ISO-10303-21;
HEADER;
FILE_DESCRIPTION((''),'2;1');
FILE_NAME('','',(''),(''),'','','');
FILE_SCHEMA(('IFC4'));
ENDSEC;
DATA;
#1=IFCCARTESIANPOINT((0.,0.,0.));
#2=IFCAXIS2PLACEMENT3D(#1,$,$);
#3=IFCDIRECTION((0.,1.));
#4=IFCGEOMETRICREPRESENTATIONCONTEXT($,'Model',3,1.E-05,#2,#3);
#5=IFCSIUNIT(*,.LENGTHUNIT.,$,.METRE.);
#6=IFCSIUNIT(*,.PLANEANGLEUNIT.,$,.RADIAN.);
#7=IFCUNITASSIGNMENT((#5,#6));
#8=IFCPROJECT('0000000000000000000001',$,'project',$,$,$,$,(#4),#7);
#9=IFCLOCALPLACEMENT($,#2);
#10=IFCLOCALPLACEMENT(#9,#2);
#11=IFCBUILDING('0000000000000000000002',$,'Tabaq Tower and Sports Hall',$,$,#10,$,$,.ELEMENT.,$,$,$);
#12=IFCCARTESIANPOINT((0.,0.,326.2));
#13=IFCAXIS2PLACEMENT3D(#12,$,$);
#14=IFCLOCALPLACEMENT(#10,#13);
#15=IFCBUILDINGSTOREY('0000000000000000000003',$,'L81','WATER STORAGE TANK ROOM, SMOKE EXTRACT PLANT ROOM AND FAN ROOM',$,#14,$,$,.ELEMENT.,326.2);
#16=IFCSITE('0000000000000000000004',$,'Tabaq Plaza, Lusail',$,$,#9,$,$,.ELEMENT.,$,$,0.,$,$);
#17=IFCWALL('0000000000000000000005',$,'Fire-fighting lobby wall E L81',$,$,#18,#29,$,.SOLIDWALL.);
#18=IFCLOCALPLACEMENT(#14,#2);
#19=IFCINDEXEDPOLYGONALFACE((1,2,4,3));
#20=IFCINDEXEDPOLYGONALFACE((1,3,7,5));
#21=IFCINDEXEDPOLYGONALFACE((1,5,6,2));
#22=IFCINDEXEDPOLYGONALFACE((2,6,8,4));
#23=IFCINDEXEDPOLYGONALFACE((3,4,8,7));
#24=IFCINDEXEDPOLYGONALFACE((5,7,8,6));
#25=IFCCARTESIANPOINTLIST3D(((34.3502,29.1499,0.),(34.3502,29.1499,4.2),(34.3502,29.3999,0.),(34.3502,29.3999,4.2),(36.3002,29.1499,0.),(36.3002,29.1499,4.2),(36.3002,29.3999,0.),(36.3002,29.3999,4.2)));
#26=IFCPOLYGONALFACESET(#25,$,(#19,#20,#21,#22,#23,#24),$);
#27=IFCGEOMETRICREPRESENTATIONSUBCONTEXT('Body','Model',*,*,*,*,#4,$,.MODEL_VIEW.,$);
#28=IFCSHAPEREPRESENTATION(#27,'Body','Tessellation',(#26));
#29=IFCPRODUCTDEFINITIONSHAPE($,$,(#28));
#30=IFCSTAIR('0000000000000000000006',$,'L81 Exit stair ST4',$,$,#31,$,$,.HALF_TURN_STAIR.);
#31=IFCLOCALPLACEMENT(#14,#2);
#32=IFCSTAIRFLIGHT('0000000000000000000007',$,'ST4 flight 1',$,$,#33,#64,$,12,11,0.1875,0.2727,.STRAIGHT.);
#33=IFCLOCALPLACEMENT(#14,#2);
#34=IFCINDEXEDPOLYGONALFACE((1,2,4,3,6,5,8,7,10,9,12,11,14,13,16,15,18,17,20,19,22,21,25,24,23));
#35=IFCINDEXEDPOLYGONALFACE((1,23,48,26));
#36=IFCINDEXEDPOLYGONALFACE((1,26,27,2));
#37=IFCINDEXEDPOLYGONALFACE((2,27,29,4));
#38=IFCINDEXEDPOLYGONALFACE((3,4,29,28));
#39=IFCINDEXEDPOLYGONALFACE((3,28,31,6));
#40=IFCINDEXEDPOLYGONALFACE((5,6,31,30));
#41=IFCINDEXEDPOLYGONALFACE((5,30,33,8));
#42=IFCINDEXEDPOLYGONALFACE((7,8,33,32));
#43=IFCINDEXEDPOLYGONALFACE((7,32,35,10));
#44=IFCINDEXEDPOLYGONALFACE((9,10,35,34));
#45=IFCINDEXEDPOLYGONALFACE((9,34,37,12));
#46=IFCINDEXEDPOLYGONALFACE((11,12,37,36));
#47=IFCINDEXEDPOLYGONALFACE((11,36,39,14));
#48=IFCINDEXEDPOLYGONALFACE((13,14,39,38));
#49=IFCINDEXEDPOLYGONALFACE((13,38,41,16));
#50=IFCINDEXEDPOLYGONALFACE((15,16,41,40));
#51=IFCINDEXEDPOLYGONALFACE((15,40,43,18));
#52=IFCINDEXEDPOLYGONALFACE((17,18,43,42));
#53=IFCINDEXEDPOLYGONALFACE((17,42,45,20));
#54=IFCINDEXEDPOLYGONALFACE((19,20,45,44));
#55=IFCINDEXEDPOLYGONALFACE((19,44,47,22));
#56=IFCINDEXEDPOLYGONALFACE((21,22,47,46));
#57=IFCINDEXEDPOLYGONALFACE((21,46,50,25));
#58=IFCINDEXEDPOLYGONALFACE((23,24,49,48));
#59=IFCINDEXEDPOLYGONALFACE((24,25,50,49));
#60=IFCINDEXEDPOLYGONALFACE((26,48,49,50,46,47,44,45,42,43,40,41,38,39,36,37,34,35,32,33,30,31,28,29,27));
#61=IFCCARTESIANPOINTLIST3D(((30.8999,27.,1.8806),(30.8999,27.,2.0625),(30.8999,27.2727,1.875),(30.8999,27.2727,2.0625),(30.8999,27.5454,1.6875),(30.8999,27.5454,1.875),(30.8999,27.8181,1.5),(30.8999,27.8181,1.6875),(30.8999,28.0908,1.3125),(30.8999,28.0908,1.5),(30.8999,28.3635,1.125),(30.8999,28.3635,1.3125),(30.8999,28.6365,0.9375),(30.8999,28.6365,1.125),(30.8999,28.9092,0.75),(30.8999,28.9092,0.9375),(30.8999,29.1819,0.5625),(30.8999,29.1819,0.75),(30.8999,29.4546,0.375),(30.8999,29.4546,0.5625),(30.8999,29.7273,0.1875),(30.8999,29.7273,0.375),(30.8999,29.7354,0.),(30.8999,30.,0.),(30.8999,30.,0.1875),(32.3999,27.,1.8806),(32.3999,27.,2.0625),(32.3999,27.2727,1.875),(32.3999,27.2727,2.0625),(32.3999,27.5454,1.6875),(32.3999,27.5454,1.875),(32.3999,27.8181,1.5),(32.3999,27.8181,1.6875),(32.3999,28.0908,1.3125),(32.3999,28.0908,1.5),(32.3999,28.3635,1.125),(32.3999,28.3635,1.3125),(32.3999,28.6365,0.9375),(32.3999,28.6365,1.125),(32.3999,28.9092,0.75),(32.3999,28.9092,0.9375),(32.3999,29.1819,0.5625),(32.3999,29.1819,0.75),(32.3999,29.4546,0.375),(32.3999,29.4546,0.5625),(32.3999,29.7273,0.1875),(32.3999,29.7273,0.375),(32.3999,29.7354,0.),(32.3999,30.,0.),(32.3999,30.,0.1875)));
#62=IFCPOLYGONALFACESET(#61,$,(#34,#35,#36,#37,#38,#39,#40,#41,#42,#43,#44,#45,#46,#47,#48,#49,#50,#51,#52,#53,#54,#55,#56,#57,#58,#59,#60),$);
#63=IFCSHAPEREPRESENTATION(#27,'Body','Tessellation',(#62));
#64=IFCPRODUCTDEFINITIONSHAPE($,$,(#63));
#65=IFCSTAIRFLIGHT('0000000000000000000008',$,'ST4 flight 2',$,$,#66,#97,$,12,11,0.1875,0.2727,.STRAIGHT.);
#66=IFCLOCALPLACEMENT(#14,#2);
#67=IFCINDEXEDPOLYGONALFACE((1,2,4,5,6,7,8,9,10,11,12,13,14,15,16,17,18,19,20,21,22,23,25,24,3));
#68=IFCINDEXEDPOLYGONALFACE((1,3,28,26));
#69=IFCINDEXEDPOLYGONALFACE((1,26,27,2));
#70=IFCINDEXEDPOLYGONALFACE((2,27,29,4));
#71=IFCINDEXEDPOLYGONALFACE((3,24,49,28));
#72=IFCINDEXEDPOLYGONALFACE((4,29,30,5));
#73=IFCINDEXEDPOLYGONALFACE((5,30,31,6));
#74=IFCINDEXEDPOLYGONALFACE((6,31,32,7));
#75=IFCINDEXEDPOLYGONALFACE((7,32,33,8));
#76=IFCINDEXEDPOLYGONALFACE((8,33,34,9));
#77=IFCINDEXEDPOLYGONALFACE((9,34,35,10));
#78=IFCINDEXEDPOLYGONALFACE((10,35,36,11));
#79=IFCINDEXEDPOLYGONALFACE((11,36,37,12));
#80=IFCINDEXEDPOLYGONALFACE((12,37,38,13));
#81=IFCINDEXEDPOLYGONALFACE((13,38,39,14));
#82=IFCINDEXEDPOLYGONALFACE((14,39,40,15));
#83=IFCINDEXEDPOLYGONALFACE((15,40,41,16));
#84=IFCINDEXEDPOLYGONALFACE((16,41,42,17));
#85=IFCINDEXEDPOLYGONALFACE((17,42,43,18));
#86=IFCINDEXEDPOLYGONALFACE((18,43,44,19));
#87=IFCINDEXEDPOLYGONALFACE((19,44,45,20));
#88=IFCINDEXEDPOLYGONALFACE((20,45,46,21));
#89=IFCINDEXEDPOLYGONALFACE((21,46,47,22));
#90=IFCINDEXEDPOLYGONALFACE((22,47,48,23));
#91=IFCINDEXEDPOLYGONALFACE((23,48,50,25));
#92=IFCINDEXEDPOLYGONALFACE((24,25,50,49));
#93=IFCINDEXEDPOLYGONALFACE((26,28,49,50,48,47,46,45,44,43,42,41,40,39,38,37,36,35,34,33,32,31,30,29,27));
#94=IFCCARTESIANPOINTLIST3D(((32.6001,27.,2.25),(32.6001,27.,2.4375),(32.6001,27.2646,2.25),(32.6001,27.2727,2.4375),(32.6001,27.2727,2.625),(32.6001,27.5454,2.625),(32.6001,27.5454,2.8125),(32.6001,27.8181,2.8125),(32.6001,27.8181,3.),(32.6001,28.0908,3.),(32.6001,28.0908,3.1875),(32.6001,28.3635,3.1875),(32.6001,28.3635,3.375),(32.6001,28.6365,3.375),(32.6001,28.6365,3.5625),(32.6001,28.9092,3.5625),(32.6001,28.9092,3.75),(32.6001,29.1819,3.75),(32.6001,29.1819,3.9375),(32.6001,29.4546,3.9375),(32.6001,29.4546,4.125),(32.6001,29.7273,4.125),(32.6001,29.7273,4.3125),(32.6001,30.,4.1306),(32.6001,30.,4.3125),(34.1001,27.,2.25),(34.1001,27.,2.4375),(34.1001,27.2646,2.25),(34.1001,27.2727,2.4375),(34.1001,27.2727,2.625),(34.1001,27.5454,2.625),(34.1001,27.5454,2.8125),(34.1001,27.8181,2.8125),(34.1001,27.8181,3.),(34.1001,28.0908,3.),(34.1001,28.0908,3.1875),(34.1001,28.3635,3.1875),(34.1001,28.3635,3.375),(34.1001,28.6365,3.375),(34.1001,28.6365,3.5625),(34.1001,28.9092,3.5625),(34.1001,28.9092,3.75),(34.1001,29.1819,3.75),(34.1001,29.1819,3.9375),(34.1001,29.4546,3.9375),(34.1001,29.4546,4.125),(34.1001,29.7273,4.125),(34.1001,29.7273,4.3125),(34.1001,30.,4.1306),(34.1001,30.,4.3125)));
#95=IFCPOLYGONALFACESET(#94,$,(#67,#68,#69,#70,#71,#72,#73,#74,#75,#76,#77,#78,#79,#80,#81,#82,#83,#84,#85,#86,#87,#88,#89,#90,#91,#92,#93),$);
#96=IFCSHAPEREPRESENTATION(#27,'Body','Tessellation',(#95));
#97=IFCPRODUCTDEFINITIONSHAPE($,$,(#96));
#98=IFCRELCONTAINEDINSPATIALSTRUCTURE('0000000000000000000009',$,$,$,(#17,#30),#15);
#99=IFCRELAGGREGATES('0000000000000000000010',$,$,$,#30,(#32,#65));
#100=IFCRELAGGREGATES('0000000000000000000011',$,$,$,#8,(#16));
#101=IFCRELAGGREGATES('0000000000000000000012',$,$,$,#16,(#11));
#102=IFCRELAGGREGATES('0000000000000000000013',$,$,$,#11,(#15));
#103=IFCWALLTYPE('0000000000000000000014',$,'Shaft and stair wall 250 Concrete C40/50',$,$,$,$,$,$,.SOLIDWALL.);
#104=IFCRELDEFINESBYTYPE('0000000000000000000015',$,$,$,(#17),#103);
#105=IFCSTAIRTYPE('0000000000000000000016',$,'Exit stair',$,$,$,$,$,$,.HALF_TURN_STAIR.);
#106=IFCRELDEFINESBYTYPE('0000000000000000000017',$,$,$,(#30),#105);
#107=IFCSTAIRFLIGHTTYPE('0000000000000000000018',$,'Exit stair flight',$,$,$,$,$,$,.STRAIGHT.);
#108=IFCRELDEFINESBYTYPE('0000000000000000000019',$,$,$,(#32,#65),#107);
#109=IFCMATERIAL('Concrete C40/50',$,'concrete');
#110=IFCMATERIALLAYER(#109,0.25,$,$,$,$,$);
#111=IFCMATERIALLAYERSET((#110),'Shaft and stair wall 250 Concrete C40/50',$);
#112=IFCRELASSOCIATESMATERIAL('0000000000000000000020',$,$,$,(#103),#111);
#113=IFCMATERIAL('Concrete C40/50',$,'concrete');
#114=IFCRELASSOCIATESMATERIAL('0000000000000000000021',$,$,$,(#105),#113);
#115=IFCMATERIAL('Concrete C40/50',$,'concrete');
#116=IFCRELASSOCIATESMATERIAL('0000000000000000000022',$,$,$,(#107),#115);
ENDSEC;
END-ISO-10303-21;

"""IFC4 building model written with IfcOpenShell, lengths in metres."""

from ifc_helpers import new_model, si_unit, direction, frame, frame_2d, origin, place, context, subcontext, project, spatial, polyline, rectangle, outline, extrude, material, layer, layer_set, type_object, element, aggregate, save


model = new_model("IFC4")

# Units and contexts
model_context = context("Model", 3, precision=1e-05, world=origin(), true_north=direction((0.0, 1.0)))
body_context = subcontext(model_context, "Body", "Model", "MODEL_VIEW")
ifc_project = project(units=[si_unit("LENGTHUNIT", "METRE"), si_unit("PLANEANGLEUNIT", "RADIAN")], contexts=[model_context])

# Site, building, storey
site_placement = place(None, origin())
site = spatial("IfcSite", under=ifc_project, at=site_placement, Name="Tabaq Plaza, Lusail", CompositionType="ELEMENT", RefElevation=0.0)
building_placement = place(site_placement, origin())
building = spatial("IfcBuilding", under=site, at=building_placement, Name="Tabaq Tower and Sports Hall", CompositionType="ELEMENT")
storey_placement = place(building_placement, frame((0.0, 0.0, 326.2)))
storey = spatial("IfcBuildingStorey", under=building, at=storey_placement, Name="L81", Description="WATER STORAGE TANK ROOM, SMOKE EXTRACT PLANT ROOM AND FAN ROOM", CompositionType="ELEMENT", Elevation=326.2)

# Shared definitions
ifc_material_1 = material(Name="Concrete C40/50", Category="concrete")
ifc_layer_1 = layer(ifc_material_1, 0.25)
ifc_layer_set_1 = layer_set([ifc_layer_1], Name="Shaft and stair wall 250 Concrete C40/50")
wall_type_1 = type_object("IfcWallType", Name="Shaft and stair wall 250 Concrete C40/50", PredefinedType="SOLIDWALL", material=ifc_layer_set_1)

# Wall
wall_1_placement = place(storey_placement, frame((34.3501, 29.2749, 0.0), z_axis=(0.0, 0.0, 1.0), x_axis=(1.0, 0.0, 0.0)))
element("IfcWall", 1, at=wall_1_placement, inside=storey, type_object=wall_type_1, Name="Fire-fighting lobby wall E L81", PredefinedType="SOLIDWALL", context=body_context, shape_type="SweptSolid", body=[
    extrude(rectangle(XDim=1.95, YDim=0.25, at=frame_2d((0.9751, 0.0))), origin(), (0.0, 0.0, 1.0), 4.2),
])

# Stair, stair flights
ifc_material_2 = material(Name="Concrete C40/50", Category="concrete")
stair_type = type_object("IfcStairType", Name="Exit stair", PredefinedType="HALF_TURN_STAIR", material=ifc_material_2)
stair_placement = place(storey_placement, origin())
stair = element("IfcStair", 2, at=stair_placement, inside=storey, type_object=stair_type, Name="L81 Exit stair ST4", PredefinedType="HALF_TURN_STAIR")
ifc_material_3 = material(Name="Concrete C40/50", Category="concrete")
stair_flight_type = type_object("IfcStairFlightType", Name="Exit stair flight", PredefinedType="STRAIGHT", material=ifc_material_3)
stair_flight_1_placement = place(storey_placement, frame((31.6499, 30.0, 0.0), z_axis=(0.0, 0.0, 1.0), x_axis=(0.0, -1.0, 0.0)))
stair_flight_1 = element("IfcStairFlight", 3, at=stair_flight_1_placement, type_object=stair_flight_type, Name="ST4 flight 1", NumberOfRisers=12, NumberOfTreads=11, PredefinedType="STRAIGHT", RiserHeight=0.1875, TreadLength=0.2727, context=body_context, shape_type="SweptSolid", body=[
    extrude(outline(polyline([(0.0, 0.0), (0.0, 0.1875), (0.2727, 0.1875), (0.2727, 0.375), (0.5454, 0.375), (0.5454, 0.5625), (0.8181, 0.5625), (0.8181, 0.75), (1.0908, 0.75), (1.0908, 0.9375), (1.3635, 0.9375), (1.3635, 1.125), (1.6365, 1.125), (1.6365, 1.3125), (1.9092, 1.3125), (1.9092, 1.5), (2.1819, 1.5), (2.1819, 1.6875), (2.4546, 1.6875), (2.4546, 1.875), (2.7273, 1.875), (2.7273, 2.0625), (3.0, 2.0625), (3.0, 2.25), (3.0, 1.8806), (0.2646, 0.0), (0.0, 0.0)])), frame((0.0, 0.75, 0.0), z_axis=(0.0, -1.0, 0.0), x_axis=(1.0, 0.0, 0.0)), (0.0, 0.0, 1.0), 1.5),
])
stair_flight_2_placement = place(storey_placement, frame((33.3501, 27.0, 2.25), z_axis=(0.0, 0.0, 1.0), x_axis=(0.0, 1.0, 0.0)))
stair_flight_2 = element("IfcStairFlight", 4, at=stair_flight_2_placement, type_object=stair_flight_type, Name="ST4 flight 2", NumberOfRisers=12, NumberOfTreads=11, PredefinedType="STRAIGHT", RiserHeight=0.1875, TreadLength=0.2727, context=body_context, shape_type="SweptSolid", body=[
    extrude(outline(polyline([(0.0, 0.0), (0.0, 0.1875), (0.2727, 0.1875), (0.2727, 0.375), (0.5454, 0.375), (0.5454, 0.5625), (0.8181, 0.5625), (0.8181, 0.75), (1.0908, 0.75), (1.0908, 0.9375), (1.3635, 0.9375), (1.3635, 1.125), (1.6365, 1.125), (1.6365, 1.3125), (1.9092, 1.3125), (1.9092, 1.5), (2.1819, 1.5), (2.1819, 1.6875), (2.4546, 1.6875), (2.4546, 1.875), (2.7273, 1.875), (2.7273, 2.0625), (3.0, 2.0625), (3.0, 2.25), (3.0, 1.8806), (0.2646, 0.0), (0.0, 0.0)])), frame((0.0, 0.75, 0.0), z_axis=(0.0, -1.0, 0.0), x_axis=(1.0, 0.0, 0.0)), (0.0, 0.0, 1.0), 1.5),
])
aggregate(stair, [stair_flight_1, stair_flight_2])

save(model, "model.ifc")
